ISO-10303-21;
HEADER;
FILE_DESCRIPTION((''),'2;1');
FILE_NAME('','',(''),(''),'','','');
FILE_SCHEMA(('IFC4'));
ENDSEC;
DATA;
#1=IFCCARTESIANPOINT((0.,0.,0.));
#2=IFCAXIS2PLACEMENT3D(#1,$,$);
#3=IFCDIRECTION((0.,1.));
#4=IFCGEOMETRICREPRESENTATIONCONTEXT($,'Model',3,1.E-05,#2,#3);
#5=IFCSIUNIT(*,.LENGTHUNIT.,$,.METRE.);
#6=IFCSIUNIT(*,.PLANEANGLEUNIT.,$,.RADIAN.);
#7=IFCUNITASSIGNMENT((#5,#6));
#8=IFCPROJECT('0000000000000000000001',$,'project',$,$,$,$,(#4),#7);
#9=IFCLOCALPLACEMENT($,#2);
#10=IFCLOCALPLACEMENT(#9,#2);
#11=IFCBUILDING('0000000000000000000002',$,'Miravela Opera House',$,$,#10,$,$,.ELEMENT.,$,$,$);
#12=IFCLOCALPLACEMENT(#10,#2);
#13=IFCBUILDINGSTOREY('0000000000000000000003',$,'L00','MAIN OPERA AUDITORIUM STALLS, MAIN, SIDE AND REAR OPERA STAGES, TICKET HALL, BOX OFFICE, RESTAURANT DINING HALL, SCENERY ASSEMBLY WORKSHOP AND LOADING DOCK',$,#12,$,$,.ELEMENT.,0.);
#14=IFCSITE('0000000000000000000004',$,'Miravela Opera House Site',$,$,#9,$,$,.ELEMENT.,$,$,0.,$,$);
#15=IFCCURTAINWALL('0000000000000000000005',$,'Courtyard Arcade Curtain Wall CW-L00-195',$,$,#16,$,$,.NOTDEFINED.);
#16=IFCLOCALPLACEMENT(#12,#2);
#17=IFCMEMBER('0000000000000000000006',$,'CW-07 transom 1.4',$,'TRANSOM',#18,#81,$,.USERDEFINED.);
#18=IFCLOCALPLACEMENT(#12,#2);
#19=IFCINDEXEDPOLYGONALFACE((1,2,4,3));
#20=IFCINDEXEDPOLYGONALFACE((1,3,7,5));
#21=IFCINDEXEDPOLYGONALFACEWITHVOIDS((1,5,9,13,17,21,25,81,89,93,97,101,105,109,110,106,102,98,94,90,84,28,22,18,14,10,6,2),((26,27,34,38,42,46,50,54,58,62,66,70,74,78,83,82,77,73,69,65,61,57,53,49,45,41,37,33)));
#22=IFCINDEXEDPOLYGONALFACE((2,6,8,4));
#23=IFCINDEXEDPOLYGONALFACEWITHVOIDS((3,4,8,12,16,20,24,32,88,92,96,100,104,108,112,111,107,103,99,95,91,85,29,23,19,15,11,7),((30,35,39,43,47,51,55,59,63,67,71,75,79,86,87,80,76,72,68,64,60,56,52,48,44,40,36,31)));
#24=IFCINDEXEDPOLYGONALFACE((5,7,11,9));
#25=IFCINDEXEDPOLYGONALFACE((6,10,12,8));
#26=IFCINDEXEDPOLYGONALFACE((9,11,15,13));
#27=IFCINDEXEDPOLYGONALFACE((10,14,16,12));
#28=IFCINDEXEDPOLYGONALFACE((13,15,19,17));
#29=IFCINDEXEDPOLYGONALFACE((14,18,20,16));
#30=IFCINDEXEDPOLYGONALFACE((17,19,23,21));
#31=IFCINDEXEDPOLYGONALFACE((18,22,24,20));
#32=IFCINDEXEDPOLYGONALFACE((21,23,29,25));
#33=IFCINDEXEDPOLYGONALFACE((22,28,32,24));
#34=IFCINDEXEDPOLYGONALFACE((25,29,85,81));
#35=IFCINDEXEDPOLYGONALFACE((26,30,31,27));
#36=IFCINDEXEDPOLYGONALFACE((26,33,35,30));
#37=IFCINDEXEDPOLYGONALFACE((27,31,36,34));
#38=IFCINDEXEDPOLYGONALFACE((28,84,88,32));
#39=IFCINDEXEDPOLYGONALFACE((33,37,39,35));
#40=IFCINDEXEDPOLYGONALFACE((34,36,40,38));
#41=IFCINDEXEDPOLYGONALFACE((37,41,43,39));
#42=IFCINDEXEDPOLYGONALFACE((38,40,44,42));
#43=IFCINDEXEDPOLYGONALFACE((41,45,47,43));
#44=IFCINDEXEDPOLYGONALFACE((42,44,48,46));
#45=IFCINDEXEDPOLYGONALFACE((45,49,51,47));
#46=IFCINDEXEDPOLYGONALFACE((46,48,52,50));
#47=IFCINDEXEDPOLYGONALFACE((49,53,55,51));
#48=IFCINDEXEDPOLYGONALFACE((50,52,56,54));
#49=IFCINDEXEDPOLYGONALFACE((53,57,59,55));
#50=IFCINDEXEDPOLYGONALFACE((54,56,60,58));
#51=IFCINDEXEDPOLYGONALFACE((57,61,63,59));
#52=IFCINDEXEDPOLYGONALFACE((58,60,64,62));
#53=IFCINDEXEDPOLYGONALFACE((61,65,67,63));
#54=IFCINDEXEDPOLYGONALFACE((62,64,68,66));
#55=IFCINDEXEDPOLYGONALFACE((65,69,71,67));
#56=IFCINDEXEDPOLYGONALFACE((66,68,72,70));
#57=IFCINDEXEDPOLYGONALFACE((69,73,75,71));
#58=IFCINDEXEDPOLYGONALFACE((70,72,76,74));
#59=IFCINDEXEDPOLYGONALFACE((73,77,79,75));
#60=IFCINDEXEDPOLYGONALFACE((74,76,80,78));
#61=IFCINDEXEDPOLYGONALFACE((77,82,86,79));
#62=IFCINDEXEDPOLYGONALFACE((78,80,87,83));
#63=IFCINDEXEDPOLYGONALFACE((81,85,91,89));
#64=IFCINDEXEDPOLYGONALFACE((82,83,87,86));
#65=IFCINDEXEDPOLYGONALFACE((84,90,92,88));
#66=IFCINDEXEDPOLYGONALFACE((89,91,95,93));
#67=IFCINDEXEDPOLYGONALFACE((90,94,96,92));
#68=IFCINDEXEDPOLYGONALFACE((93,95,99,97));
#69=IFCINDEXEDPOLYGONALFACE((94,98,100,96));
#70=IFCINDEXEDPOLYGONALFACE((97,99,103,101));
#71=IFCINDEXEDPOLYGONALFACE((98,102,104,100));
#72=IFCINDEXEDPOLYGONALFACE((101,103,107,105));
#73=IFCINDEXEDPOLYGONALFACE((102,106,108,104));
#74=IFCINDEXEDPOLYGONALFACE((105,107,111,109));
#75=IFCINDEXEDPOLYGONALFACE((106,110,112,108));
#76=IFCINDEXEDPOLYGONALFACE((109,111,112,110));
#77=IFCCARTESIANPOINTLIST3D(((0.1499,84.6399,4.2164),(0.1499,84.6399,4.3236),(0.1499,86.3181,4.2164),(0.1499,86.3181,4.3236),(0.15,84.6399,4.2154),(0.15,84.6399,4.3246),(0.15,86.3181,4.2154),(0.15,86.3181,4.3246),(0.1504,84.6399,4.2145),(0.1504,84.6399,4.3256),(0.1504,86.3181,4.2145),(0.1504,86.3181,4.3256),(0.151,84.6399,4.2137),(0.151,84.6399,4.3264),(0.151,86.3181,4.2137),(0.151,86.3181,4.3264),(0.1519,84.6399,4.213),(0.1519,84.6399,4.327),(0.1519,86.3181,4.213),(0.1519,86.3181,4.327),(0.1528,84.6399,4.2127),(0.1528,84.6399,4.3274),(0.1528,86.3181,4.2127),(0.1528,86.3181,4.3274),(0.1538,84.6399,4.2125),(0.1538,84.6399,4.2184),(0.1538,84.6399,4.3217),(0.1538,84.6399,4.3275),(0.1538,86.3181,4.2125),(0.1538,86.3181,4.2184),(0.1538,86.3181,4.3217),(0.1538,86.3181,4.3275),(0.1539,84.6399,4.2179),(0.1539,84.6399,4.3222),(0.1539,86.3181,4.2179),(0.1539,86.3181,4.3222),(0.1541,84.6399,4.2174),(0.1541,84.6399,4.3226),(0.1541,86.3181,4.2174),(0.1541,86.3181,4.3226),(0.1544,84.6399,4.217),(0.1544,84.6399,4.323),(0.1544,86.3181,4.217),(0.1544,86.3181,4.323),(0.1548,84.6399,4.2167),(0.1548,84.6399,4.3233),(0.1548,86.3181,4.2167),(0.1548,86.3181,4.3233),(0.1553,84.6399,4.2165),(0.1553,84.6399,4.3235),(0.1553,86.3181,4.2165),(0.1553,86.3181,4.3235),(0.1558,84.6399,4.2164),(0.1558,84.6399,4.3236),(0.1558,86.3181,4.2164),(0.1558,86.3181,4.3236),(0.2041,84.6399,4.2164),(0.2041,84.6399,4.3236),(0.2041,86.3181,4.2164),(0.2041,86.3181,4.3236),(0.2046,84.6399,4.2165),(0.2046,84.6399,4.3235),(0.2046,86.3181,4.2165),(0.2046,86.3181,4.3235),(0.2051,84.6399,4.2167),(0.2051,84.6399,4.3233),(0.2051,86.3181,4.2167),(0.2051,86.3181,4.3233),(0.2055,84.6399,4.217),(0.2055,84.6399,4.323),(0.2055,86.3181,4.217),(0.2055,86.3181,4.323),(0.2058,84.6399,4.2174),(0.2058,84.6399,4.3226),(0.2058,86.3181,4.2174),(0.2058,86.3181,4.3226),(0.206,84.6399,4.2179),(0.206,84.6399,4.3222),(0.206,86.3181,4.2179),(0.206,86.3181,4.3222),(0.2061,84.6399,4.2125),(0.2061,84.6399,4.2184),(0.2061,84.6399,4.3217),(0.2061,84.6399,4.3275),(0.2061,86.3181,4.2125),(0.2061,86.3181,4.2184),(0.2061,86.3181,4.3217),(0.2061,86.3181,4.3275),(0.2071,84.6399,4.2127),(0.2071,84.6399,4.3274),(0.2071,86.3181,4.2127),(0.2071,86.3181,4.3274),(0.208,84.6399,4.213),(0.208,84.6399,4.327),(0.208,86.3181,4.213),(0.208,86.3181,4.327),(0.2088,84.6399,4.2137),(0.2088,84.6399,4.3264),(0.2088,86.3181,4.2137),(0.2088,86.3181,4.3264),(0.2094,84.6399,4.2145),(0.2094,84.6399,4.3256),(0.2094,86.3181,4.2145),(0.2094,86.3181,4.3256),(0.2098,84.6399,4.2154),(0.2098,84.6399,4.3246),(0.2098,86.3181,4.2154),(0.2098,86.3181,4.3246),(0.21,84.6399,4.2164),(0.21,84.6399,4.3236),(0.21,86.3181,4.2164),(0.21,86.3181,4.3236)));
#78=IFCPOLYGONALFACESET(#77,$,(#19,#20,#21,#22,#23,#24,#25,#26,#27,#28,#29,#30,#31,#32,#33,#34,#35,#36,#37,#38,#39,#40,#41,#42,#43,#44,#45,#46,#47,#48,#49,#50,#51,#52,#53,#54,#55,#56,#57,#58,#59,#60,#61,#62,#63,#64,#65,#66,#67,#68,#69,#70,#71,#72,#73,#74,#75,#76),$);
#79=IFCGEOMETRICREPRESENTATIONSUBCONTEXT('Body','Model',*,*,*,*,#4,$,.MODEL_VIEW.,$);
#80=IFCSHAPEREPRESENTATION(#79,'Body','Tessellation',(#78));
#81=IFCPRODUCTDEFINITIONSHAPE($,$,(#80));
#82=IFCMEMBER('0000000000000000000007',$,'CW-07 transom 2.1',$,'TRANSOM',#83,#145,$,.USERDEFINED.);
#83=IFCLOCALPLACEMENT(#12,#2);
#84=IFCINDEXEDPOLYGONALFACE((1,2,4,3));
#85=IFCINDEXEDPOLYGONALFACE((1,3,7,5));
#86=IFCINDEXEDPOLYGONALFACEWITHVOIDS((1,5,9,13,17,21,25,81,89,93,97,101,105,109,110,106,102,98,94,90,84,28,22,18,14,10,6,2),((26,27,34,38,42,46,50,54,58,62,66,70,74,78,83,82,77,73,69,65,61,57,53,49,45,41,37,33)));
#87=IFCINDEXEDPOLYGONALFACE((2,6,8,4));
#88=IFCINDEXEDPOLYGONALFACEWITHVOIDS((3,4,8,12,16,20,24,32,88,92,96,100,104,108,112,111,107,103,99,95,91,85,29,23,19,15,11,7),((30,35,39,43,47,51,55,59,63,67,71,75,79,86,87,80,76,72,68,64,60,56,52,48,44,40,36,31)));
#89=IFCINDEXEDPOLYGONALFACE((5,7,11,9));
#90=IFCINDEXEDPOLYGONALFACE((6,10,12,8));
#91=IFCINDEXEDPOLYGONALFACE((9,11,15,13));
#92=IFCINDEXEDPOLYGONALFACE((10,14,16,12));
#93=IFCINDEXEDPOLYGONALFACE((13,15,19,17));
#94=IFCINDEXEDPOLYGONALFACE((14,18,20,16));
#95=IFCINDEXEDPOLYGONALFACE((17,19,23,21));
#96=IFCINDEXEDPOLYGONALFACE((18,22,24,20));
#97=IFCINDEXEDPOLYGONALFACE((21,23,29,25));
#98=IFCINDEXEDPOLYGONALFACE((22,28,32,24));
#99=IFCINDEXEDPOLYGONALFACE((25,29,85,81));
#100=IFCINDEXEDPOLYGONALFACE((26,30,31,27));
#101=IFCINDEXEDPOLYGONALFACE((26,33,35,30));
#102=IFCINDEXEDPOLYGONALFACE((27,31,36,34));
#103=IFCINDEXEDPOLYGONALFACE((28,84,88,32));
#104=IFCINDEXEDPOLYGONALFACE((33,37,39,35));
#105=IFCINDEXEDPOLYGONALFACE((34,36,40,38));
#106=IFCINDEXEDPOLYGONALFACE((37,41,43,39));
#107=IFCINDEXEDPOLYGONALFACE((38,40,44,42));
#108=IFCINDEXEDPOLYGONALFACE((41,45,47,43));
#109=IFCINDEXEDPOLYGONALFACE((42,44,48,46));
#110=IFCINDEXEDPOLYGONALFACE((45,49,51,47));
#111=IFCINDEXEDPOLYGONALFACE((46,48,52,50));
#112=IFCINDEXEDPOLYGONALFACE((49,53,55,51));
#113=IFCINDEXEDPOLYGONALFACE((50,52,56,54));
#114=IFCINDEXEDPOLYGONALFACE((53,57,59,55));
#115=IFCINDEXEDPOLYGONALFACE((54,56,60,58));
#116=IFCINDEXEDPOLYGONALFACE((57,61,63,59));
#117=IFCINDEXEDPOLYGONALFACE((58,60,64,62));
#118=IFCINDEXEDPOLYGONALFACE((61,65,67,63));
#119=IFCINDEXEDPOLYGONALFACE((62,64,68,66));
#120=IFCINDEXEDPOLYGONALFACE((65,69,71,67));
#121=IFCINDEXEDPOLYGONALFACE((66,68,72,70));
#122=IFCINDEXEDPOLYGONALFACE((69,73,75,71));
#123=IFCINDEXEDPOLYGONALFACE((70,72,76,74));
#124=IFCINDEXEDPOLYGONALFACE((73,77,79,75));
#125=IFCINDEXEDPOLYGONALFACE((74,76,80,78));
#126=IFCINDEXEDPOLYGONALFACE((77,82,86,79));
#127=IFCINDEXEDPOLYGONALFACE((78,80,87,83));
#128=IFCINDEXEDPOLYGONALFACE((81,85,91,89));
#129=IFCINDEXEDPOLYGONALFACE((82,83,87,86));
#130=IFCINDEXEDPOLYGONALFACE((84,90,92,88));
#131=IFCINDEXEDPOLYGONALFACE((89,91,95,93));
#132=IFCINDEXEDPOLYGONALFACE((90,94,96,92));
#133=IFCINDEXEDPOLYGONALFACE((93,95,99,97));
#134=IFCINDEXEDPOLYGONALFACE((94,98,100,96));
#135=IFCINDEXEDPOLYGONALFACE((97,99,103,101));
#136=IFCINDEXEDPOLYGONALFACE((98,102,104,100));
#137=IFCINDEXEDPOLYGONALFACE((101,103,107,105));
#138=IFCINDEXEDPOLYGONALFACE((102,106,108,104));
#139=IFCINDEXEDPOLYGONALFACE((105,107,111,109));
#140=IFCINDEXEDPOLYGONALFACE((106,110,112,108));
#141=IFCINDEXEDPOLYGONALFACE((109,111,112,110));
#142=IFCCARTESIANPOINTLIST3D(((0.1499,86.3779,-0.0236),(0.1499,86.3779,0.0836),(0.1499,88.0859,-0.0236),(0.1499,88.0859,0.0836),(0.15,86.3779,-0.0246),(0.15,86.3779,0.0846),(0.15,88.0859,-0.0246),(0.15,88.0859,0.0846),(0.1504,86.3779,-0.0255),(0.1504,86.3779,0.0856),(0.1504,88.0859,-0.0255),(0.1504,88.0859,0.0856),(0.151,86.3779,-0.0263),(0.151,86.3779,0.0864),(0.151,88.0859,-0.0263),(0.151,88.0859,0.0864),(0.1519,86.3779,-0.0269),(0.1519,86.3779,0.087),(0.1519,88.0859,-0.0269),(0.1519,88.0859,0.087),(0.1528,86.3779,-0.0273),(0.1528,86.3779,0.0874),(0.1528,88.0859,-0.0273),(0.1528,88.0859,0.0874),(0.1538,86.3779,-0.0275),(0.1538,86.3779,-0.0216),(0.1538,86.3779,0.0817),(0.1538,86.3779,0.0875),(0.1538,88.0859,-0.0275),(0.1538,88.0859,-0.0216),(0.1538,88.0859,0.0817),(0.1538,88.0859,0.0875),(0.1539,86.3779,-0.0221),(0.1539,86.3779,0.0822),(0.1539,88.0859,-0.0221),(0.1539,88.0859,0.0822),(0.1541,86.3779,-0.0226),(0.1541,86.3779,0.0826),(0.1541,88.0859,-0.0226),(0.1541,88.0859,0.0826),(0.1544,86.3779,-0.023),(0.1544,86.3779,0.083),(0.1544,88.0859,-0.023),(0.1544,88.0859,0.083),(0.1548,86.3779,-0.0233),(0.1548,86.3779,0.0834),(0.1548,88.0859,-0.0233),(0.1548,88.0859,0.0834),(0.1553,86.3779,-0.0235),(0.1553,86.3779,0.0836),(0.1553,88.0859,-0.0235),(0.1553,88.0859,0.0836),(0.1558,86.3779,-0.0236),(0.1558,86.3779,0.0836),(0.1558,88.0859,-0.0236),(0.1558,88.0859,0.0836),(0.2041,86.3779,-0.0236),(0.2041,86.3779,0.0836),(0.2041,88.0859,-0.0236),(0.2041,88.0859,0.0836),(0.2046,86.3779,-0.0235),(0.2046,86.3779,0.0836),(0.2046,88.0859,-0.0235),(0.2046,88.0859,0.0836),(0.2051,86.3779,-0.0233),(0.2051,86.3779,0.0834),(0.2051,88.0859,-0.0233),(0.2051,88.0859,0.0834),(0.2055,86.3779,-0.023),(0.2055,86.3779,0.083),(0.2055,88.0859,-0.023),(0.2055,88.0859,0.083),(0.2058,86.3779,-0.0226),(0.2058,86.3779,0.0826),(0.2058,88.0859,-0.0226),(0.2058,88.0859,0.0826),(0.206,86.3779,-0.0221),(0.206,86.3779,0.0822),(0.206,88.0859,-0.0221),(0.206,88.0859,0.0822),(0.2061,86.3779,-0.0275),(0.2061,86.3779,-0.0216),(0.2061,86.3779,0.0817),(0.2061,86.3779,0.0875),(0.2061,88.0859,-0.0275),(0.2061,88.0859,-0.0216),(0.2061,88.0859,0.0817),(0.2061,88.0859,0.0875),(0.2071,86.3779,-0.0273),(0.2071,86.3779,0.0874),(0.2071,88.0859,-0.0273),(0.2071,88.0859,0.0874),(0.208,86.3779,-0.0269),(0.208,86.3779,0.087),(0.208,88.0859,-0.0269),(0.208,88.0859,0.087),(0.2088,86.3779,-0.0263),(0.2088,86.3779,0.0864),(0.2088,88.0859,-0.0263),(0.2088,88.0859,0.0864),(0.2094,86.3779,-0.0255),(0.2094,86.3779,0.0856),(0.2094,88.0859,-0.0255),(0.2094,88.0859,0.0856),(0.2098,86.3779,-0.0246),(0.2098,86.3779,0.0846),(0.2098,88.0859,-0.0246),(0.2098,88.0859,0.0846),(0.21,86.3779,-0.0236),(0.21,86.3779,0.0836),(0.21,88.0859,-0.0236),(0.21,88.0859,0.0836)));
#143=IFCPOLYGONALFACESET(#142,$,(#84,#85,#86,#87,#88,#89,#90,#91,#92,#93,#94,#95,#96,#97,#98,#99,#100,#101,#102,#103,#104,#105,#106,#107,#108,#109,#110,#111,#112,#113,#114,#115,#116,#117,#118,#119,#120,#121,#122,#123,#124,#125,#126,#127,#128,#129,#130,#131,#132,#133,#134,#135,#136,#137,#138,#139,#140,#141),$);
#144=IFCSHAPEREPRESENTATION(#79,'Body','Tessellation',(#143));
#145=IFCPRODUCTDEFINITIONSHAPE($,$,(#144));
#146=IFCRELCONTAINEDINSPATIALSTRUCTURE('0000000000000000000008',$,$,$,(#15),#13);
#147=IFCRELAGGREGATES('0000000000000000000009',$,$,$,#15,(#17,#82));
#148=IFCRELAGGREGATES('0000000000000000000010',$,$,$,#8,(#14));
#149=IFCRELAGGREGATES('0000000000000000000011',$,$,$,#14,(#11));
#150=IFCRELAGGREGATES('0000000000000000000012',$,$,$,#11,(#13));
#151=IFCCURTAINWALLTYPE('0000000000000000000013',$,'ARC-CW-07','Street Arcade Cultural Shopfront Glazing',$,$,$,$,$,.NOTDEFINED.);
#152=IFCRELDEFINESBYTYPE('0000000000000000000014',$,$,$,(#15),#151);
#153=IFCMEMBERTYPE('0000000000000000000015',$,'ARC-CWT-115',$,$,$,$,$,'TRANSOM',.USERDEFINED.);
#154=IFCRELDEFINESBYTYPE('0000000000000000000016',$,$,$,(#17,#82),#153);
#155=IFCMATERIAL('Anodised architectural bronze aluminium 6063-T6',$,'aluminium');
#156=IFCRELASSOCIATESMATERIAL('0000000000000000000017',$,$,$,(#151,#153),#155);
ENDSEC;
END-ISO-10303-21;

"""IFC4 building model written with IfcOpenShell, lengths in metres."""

from ifc_helpers import new_model, si_unit, direction, frame, origin, origin_2d, place, context, subcontext, project, spatial, hollow_rectangle, extrude, material, material_profile, profile_set, type_object, element, aggregate, save


model = new_model("IFC4")

# Units and contexts
model_context = context("Model", 3, precision=1e-05, world=origin(), true_north=direction((0.0, 1.0)))
body_context = subcontext(model_context, "Body", "Model", "MODEL_VIEW")
ifc_project = project(units=[si_unit("LENGTHUNIT", "METRE"), si_unit("PLANEANGLEUNIT", "RADIAN")], contexts=[model_context])

# Site, building, storey
site_placement = place(None, origin())
site = spatial("IfcSite", under=ifc_project, at=site_placement, Name="Miravela Opera House Site", CompositionType="ELEMENT", RefElevation=0.0)
building_placement = place(site_placement, origin())
building = spatial("IfcBuilding", under=site, at=building_placement, Name="Miravela Opera House", CompositionType="ELEMENT")
storey_placement = place(building_placement, origin())
storey = spatial("IfcBuildingStorey", under=building, at=storey_placement, Name="L00", Description="MAIN OPERA AUDITORIUM STALLS, MAIN, SIDE AND REAR OPERA STAGES, TICKET HALL, BOX OFFICE, RESTAURANT DINING HALL, SCENERY ASSEMBLY WORKSHOP AND LOADING DOCK", CompositionType="ELEMENT", Elevation=0.0)

# Curtain wall, members
ifc_material_1 = material(Name="Anodised architectural bronze aluminium 6063-T6", Category="aluminium")
curtain_wall_type = type_object("IfcCurtainWallType", Name="ARC-CW-07", Description="Street Arcade Cultural Shopfront Glazing", PredefinedType="NOTDEFINED", material=ifc_material_1)
curtain_wall_placement = place(storey_placement, origin())
curtain_wall = element("IfcCurtainWall", 1, at=curtain_wall_placement, inside=storey, type_object=curtain_wall_type, Name="Courtyard Arcade Curtain Wall CW-L00-195", PredefinedType="NOTDEFINED")
ifc_material_profile_1 = material_profile(ifc_material_1, hollow_rectangle(XDim=0.0601, YDim=0.115, WallThickness=0.0039, InnerFilletRadius=0.002, OuterFilletRadius=0.0039, at=origin_2d()), Name="CWT-60X115")
ifc_profile_set_1 = profile_set([ifc_material_profile_1])
member_type_1 = type_object("IfcMemberType", Name="ARC-CWT-115", ElementType="TRANSOM", PredefinedType="USERDEFINED", material=ifc_profile_set_1)
member_1_placement = place(storey_placement, frame((0.1799, 84.6399, 4.27), z_axis=(0.0, 1.0, 0.0), x_axis=(-1.0, 0.0, 0.0)))
member_1 = element("IfcMember", 2, at=member_1_placement, type_object=member_type_1, Name="CW-07 transom 1.4", ObjectType="TRANSOM", PredefinedType="USERDEFINED", context=body_context, shape_type="SweptSolid", body=[
    extrude(hollow_rectangle(XDim=0.0601, YDim=0.115, WallThickness=0.0039, InnerFilletRadius=0.002, OuterFilletRadius=0.0039, at=origin_2d()), origin(), (0.0, 0.0, 1.0), 1.6782),
])
member_2_placement = place(storey_placement, frame((0.1799, 86.3779, 0.03), z_axis=(0.0, 1.0, 0.0), x_axis=(-1.0, 0.0, 0.0)))
member_2 = element("IfcMember", 3, at=member_2_placement, type_object=member_type_1, Name="CW-07 transom 2.1", ObjectType="TRANSOM", PredefinedType="USERDEFINED", context=body_context, shape_type="SweptSolid", body=[
    extrude(hollow_rectangle(XDim=0.0601, YDim=0.115, WallThickness=0.0039, InnerFilletRadius=0.002, OuterFilletRadius=0.0039, at=origin_2d()), origin(), (0.0, 0.0, 1.0), 1.708),
])

aggregate(curtain_wall, [member_1, member_2])

save(model, "model.ifc")
